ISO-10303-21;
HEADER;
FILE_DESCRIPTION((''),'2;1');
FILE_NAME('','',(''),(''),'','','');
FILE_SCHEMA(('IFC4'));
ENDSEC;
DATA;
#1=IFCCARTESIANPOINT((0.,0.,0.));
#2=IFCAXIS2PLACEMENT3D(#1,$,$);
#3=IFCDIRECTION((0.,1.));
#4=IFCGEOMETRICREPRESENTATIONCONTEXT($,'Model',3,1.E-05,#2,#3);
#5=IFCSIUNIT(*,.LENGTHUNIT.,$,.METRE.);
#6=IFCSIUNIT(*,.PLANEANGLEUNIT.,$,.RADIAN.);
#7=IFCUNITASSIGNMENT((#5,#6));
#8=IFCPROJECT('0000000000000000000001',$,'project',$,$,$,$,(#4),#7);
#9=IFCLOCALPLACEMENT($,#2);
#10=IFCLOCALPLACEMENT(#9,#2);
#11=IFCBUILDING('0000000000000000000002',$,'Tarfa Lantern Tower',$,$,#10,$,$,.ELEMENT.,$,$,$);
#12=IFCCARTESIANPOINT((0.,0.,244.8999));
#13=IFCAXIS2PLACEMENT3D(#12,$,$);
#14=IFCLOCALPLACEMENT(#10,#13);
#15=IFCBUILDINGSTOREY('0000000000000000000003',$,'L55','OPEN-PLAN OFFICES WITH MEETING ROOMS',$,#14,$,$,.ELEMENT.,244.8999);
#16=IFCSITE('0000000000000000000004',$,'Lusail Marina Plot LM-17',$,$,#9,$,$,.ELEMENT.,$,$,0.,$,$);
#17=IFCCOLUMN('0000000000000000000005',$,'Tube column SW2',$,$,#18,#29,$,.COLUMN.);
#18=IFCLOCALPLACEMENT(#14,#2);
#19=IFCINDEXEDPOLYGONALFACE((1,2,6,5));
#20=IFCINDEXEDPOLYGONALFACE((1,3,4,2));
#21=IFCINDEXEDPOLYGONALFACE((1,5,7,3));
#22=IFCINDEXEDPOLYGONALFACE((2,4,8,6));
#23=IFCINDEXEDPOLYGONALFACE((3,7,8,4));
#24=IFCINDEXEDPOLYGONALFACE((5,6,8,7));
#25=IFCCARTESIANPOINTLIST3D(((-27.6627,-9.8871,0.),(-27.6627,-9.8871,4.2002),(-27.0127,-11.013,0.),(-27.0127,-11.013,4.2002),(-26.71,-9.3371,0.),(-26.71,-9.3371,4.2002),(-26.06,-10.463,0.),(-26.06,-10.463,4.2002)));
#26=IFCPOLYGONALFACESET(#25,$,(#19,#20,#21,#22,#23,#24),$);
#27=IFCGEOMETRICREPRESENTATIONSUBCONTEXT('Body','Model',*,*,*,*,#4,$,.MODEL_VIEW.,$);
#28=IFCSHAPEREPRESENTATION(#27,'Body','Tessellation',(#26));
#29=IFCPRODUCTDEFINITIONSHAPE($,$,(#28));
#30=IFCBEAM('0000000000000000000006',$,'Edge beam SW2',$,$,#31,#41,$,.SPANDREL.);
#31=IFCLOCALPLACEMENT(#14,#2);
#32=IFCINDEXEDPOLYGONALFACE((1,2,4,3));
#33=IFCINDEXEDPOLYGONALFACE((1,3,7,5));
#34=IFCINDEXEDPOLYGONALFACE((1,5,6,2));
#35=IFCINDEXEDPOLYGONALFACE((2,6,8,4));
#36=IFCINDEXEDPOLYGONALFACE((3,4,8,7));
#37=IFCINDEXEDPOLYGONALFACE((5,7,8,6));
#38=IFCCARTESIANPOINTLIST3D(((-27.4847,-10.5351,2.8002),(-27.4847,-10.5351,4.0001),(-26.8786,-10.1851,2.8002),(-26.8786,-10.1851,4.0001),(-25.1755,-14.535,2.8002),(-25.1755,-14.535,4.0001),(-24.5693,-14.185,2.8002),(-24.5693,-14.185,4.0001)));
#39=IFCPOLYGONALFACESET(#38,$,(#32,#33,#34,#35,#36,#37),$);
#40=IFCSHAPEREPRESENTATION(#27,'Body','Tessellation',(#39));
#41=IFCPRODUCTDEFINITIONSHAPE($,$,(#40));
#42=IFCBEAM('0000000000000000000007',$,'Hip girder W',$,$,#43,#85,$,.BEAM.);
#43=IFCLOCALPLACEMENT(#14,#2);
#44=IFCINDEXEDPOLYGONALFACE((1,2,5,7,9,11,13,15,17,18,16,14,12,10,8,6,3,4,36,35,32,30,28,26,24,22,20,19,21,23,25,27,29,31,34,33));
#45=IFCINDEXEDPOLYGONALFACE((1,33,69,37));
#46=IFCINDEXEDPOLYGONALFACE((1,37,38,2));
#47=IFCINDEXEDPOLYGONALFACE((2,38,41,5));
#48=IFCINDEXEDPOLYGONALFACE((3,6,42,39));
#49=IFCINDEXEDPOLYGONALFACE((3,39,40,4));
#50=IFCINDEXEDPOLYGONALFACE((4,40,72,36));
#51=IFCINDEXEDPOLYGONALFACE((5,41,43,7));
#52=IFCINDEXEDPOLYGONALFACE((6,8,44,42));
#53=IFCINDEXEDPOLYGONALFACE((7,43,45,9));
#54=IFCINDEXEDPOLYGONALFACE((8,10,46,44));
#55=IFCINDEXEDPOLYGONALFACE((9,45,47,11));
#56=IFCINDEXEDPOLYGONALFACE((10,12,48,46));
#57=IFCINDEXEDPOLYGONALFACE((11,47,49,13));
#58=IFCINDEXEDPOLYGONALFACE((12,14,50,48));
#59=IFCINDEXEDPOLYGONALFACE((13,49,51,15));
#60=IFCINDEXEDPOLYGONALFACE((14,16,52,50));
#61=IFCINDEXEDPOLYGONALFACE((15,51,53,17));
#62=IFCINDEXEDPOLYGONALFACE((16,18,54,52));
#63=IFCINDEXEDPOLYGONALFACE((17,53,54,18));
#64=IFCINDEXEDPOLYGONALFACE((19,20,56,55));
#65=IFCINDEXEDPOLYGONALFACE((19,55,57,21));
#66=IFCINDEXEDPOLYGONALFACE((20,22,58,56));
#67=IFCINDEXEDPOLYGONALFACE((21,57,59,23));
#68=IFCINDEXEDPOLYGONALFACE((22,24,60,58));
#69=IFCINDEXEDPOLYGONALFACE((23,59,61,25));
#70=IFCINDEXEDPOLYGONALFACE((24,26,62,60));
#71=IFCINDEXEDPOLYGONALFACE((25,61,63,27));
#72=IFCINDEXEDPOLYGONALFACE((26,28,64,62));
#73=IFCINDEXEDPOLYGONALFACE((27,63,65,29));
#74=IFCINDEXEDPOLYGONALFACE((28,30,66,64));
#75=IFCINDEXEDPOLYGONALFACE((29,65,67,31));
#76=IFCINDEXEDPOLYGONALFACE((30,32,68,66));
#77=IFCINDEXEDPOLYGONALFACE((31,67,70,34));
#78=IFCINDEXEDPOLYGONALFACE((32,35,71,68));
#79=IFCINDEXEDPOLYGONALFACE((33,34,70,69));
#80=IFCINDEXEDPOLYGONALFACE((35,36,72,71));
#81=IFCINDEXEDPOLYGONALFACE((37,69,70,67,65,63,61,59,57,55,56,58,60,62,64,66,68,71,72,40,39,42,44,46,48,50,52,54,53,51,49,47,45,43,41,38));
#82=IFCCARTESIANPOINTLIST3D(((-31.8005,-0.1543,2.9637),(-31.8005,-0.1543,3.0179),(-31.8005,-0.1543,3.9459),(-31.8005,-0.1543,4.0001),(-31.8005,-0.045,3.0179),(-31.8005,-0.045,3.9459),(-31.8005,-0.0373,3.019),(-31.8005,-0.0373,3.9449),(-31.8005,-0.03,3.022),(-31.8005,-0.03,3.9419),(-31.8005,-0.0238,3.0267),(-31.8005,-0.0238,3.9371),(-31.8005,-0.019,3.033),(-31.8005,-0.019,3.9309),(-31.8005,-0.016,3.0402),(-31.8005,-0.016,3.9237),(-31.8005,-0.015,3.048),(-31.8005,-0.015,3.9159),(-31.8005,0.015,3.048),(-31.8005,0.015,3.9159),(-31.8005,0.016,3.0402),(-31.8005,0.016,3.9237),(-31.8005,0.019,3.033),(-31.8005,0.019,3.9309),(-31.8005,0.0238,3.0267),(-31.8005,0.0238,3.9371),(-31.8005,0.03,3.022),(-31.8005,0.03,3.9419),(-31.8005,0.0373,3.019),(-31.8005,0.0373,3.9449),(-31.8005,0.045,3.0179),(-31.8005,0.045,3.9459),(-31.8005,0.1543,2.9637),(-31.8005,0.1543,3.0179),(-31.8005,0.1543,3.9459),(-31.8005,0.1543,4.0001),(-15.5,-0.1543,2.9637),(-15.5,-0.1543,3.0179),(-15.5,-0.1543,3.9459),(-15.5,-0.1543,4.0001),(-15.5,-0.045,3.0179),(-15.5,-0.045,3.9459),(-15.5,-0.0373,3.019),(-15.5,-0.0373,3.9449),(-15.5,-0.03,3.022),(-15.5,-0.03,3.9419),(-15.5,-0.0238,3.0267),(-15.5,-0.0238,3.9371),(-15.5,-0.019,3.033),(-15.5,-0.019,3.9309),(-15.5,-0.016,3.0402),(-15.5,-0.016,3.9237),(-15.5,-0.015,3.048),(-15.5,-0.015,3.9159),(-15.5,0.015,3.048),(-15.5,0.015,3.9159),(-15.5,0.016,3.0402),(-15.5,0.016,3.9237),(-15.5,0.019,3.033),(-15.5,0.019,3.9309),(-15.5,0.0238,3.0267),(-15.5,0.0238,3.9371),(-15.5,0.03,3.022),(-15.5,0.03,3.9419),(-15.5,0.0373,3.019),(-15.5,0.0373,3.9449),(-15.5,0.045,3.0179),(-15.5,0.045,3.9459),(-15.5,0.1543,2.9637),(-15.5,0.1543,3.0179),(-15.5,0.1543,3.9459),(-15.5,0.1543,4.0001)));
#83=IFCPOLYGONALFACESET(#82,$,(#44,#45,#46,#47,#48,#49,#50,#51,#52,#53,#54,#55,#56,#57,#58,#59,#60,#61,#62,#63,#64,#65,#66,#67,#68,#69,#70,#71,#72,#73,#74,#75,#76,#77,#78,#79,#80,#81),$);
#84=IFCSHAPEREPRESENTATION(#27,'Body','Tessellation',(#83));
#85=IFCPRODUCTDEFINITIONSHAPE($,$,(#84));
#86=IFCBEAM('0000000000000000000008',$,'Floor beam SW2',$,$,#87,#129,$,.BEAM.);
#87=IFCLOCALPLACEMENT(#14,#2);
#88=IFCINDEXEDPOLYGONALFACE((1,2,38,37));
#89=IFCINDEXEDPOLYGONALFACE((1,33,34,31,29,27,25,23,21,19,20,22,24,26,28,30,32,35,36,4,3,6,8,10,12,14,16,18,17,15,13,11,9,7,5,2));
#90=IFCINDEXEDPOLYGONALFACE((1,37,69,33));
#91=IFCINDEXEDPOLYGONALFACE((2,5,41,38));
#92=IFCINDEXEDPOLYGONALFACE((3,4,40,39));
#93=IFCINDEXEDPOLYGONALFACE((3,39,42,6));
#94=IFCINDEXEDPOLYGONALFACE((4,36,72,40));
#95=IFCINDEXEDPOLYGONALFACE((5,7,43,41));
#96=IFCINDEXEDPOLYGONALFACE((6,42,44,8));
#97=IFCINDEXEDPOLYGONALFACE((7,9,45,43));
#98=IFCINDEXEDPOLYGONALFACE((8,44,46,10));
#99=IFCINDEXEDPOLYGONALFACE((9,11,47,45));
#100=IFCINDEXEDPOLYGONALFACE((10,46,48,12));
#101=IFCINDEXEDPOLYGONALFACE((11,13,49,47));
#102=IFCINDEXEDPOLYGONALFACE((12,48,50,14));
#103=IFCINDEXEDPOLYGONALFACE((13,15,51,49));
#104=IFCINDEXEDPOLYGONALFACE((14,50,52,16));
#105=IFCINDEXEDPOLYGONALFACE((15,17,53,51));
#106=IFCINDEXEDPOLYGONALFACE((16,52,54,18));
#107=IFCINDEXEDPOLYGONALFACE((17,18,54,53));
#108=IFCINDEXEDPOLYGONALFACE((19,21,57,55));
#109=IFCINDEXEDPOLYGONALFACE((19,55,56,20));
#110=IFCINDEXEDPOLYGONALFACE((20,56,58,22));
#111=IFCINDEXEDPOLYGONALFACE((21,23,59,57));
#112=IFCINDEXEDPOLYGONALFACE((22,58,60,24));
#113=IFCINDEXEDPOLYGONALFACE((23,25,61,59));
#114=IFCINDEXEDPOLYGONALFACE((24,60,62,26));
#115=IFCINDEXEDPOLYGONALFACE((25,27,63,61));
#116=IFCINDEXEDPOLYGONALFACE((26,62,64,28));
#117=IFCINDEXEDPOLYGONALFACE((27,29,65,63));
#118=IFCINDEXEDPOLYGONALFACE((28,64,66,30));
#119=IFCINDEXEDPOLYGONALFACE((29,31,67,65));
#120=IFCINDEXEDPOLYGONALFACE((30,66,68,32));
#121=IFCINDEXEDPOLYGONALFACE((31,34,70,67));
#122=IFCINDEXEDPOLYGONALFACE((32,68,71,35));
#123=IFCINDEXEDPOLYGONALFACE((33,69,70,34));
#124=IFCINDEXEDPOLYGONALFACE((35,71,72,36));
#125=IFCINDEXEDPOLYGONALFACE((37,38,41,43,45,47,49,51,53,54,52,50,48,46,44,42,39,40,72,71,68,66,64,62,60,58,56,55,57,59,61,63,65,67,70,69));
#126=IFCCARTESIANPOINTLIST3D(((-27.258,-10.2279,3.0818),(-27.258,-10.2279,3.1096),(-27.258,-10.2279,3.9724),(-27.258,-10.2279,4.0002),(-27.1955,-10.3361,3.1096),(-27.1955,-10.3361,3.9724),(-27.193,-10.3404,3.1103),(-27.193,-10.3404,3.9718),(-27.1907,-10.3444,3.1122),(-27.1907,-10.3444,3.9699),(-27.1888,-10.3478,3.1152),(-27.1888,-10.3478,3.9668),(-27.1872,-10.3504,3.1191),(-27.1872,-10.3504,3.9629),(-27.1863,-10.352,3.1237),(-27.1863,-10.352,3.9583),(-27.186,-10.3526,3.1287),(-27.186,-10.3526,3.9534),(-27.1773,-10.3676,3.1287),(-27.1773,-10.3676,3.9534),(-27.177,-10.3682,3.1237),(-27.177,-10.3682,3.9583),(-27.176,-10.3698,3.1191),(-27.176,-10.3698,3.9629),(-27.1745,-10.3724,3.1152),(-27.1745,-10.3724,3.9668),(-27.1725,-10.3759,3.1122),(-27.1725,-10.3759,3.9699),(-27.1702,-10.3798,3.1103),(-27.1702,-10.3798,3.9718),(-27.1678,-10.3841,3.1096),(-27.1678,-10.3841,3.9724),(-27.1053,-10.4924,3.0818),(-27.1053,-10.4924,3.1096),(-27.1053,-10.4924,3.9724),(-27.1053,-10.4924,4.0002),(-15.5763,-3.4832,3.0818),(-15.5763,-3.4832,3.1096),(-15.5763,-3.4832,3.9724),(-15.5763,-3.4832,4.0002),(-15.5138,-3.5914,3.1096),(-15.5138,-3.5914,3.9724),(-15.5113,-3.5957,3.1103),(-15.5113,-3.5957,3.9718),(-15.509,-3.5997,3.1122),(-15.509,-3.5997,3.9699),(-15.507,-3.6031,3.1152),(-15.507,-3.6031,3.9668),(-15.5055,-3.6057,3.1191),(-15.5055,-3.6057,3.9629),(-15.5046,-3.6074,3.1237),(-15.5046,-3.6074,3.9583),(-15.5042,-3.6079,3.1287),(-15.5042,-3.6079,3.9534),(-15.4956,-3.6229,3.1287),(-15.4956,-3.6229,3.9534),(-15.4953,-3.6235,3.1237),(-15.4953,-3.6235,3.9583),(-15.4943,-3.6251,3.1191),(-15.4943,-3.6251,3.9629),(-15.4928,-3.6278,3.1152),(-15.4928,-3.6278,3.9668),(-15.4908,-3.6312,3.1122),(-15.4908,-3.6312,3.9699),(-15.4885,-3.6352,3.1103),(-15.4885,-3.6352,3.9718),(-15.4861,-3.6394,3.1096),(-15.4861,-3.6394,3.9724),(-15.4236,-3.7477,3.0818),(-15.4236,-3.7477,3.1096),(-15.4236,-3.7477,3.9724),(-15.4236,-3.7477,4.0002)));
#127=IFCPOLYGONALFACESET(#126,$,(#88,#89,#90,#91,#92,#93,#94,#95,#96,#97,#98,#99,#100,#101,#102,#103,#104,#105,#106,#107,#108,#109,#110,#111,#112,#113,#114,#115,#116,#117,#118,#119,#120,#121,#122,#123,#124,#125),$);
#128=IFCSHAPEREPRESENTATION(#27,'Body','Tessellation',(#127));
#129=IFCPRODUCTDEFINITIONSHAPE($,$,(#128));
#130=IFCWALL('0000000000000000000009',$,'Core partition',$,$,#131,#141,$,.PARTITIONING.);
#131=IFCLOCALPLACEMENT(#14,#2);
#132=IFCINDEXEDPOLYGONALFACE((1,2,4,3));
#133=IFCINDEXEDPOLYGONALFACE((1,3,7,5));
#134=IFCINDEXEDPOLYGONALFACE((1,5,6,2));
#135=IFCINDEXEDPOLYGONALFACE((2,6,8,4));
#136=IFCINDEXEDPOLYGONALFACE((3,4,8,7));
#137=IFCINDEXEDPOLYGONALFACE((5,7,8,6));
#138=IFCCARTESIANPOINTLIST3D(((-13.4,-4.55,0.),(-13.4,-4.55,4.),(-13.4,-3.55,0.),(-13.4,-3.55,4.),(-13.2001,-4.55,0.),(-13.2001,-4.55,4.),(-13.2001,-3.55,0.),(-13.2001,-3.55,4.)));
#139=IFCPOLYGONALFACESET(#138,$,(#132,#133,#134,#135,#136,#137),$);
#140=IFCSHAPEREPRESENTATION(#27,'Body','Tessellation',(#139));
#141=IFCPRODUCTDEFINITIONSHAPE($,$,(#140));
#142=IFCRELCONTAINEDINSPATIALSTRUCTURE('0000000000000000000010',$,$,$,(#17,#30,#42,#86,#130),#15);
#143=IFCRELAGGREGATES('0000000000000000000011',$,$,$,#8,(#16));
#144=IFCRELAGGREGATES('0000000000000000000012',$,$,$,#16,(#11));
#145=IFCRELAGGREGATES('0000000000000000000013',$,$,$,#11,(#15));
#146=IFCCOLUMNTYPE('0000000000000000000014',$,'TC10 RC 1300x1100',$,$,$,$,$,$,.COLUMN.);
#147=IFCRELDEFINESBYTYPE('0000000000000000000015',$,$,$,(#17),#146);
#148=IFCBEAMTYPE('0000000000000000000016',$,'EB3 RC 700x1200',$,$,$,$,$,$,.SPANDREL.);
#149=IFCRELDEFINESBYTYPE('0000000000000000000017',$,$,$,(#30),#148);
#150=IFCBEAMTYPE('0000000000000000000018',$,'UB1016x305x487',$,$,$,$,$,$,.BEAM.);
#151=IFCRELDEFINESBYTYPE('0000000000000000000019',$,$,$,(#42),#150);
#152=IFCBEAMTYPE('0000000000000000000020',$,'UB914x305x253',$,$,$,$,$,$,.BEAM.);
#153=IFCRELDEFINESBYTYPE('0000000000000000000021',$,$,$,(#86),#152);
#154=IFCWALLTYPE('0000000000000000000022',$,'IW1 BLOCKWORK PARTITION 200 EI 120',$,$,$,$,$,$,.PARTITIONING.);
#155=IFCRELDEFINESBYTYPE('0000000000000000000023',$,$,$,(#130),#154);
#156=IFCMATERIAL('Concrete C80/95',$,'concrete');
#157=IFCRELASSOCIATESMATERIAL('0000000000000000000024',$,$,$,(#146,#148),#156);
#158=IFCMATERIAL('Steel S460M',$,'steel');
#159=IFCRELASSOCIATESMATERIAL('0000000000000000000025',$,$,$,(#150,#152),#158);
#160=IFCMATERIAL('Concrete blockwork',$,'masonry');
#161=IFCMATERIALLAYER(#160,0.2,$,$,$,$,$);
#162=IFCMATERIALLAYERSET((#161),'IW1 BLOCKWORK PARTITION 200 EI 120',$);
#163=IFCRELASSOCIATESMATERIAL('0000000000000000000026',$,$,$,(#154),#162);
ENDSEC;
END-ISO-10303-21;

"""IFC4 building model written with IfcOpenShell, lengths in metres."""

from ifc_helpers import new_model, si_unit, direction, frame, frame_2d, origin, origin_2d, place, context, subcontext, project, spatial, rectangle, i_section, extrude, material, layer, layer_set, material_profile, profile_set, type_object, element, save


model = new_model("IFC4")

# Units and contexts
model_context = context("Model", 3, precision=1e-05, world=origin(), true_north=direction((0.0, 1.0)))
body_context = subcontext(model_context, "Body", "Model", "MODEL_VIEW")
ifc_project = project(units=[si_unit("LENGTHUNIT", "METRE"), si_unit("PLANEANGLEUNIT", "RADIAN")], contexts=[model_context])

# Site, building, storey
site_placement = place(None, origin())
site = spatial("IfcSite", under=ifc_project, at=site_placement, Name="Lusail Marina Plot LM-17", CompositionType="ELEMENT", RefElevation=0.0)
building_placement = place(site_placement, origin())
building = spatial("IfcBuilding", under=site, at=building_placement, Name="Tarfa Lantern Tower", CompositionType="ELEMENT")
storey_placement = place(building_placement, frame((0.0, 0.0, 244.8999)))
storey = spatial("IfcBuildingStorey", under=building, at=storey_placement, Name="L55", Description="OPEN-PLAN OFFICES WITH MEETING ROOMS", CompositionType="ELEMENT", Elevation=244.8999)

# Column
ifc_material_1 = material(Name="Concrete C80/95", Category="concrete")
ifc_material_profile_1 = material_profile(ifc_material_1, rectangle(XDim=1.3, YDim=1.1001, at=origin_2d()), Name="RC 1300x1100")
ifc_profile_set_1 = profile_set([ifc_material_profile_1], Name="Concrete C80/95")
column_type = type_object("IfcColumnType", Name="TC10 RC 1300x1100", PredefinedType="COLUMN", material=ifc_profile_set_1)
column_placement = place(storey_placement, frame((-26.8613, -10.175, 0.0), z_axis=(0.0, 0.0, 1.0), x_axis=(0.5, -0.866025, 0.0)))
element("IfcColumn", 1, at=column_placement, inside=storey, type_object=column_type, Name="Tube column SW2", PredefinedType="COLUMN", context=body_context, shape_type="SweptSolid", body=[
    extrude(rectangle(XDim=1.3, YDim=1.1001, at=origin_2d()), origin(), (0.0, 0.0, 1.0), 4.2002),
])

# Beams
ifc_material_profile_2 = material_profile(ifc_material_1, rectangle(XDim=0.7, YDim=1.2, at=origin_2d()), Name="RC 700x1200")
ifc_profile_set_2 = profile_set([ifc_material_profile_2], Name="Concrete C80/95")
beam_type_1 = type_object("IfcBeamType", Name="EB3 RC 700x1200", PredefinedType="SPANDREL", material=ifc_profile_set_2)
beam_1_placement = place(storey_placement, frame((-27.1816, -10.3601, 3.4001), z_axis=(0.499988, -0.866032, 0.0), x_axis=(0.866032, 0.499988, 0.0)))
element("IfcBeam", 2, at=beam_1_placement, inside=storey, type_object=beam_type_1, Name="Edge beam SW2", PredefinedType="SPANDREL", context=body_context, shape_type="SweptSolid", body=[
    extrude(rectangle(XDim=0.7, YDim=1.2, at=origin_2d()), origin(), (0.0, 0.0, 1.0), 4.6187),
])
ifc_material_2 = material(Name="Steel S460M", Category="steel")
ifc_material_profile_3 = material_profile(ifc_material_2, i_section(OverallWidth=0.3086, OverallDepth=1.0364, WebThickness=0.03, FlangeThickness=0.0542, FilletRadius=0.03, at=origin_2d()), Name="UB1016x305x487")
ifc_profile_set_3 = profile_set([ifc_material_profile_3], Name="Steel S460M")
beam_type_2 = type_object("IfcBeamType", Name="UB1016x305x487", PredefinedType="BEAM", material=ifc_profile_set_3)
beam_2_placement = place(storey_placement, frame((-15.5, 0.0, 3.4819), z_axis=(-1.0, 0.0, 0.0), x_axis=(0.0, -1.0, 0.0)))
element("IfcBeam", 3, at=beam_2_placement, inside=storey, type_object=beam_type_2, Name="Hip girder W", PredefinedType="BEAM", context=body_context, shape_type="SweptSolid", body=[
    extrude(i_section(OverallWidth=0.3086, OverallDepth=1.0364, WebThickness=0.03, FlangeThickness=0.0542, FilletRadius=0.03, at=origin_2d()), origin(), (0.0, 0.0, 1.0), 16.3005),
])
ifc_material_profile_4 = material_profile(ifc_material_2, i_section(OverallWidth=0.3054, OverallDepth=0.9185, WebThickness=0.0173, FlangeThickness=0.0278, FilletRadius=0.019, at=origin_2d()), Name="UB914x305x253")
ifc_profile_set_4 = profile_set([ifc_material_profile_4], Name="Steel S460M")
beam_type_3 = type_object("IfcBeamType", Name="UB914x305x253", PredefinedType="BEAM", material=ifc_profile_set_4)
beam_3_placement = place(storey_placement, frame((-27.1816, -10.3601, 3.541), z_axis=(0.866018, 0.500013, 0.0), x_axis=(-0.500013, 0.866018, 0.0)))
element("IfcBeam", 4, at=beam_3_placement, inside=storey, type_object=beam_type_3, Name="Floor beam SW2", PredefinedType="BEAM", context=body_context, shape_type="SweptSolid", body=[
    extrude(i_section(OverallWidth=0.3054, OverallDepth=0.9185, WebThickness=0.0173, FlangeThickness=0.0278, FilletRadius=0.019, at=origin_2d()), origin(), (0.0, 0.0, 1.0), 13.489),
])

# Wall
ifc_material_3 = material(Name="Concrete blockwork", Category="masonry")
ifc_layer_1 = layer(ifc_material_3, 0.2)
ifc_layer_set_1 = layer_set([ifc_layer_1], Name="IW1 BLOCKWORK PARTITION 200 EI 120")
wall_type_1 = type_object("IfcWallType", Name="IW1 BLOCKWORK PARTITION 200 EI 120", PredefinedType="PARTITIONING", material=ifc_layer_set_1)
wall_1_placement = place(storey_placement, frame((-13.3, -3.55, 0.0), z_axis=(0.0, 0.0, 1.0), x_axis=(0.0, -1.0, 0.0)))
element("IfcWall", 5, at=wall_1_placement, inside=storey, type_object=wall_type_1, Name="Core partition", PredefinedType="PARTITIONING", context=body_context, shape_type="SweptSolid", body=[
    extrude(rectangle(XDim=1.0, YDim=0.2, at=frame_2d((0.5, 0.0))), origin(), (0.0, 0.0, 1.0), 4.0),
])

save(model, "model.ifc")
